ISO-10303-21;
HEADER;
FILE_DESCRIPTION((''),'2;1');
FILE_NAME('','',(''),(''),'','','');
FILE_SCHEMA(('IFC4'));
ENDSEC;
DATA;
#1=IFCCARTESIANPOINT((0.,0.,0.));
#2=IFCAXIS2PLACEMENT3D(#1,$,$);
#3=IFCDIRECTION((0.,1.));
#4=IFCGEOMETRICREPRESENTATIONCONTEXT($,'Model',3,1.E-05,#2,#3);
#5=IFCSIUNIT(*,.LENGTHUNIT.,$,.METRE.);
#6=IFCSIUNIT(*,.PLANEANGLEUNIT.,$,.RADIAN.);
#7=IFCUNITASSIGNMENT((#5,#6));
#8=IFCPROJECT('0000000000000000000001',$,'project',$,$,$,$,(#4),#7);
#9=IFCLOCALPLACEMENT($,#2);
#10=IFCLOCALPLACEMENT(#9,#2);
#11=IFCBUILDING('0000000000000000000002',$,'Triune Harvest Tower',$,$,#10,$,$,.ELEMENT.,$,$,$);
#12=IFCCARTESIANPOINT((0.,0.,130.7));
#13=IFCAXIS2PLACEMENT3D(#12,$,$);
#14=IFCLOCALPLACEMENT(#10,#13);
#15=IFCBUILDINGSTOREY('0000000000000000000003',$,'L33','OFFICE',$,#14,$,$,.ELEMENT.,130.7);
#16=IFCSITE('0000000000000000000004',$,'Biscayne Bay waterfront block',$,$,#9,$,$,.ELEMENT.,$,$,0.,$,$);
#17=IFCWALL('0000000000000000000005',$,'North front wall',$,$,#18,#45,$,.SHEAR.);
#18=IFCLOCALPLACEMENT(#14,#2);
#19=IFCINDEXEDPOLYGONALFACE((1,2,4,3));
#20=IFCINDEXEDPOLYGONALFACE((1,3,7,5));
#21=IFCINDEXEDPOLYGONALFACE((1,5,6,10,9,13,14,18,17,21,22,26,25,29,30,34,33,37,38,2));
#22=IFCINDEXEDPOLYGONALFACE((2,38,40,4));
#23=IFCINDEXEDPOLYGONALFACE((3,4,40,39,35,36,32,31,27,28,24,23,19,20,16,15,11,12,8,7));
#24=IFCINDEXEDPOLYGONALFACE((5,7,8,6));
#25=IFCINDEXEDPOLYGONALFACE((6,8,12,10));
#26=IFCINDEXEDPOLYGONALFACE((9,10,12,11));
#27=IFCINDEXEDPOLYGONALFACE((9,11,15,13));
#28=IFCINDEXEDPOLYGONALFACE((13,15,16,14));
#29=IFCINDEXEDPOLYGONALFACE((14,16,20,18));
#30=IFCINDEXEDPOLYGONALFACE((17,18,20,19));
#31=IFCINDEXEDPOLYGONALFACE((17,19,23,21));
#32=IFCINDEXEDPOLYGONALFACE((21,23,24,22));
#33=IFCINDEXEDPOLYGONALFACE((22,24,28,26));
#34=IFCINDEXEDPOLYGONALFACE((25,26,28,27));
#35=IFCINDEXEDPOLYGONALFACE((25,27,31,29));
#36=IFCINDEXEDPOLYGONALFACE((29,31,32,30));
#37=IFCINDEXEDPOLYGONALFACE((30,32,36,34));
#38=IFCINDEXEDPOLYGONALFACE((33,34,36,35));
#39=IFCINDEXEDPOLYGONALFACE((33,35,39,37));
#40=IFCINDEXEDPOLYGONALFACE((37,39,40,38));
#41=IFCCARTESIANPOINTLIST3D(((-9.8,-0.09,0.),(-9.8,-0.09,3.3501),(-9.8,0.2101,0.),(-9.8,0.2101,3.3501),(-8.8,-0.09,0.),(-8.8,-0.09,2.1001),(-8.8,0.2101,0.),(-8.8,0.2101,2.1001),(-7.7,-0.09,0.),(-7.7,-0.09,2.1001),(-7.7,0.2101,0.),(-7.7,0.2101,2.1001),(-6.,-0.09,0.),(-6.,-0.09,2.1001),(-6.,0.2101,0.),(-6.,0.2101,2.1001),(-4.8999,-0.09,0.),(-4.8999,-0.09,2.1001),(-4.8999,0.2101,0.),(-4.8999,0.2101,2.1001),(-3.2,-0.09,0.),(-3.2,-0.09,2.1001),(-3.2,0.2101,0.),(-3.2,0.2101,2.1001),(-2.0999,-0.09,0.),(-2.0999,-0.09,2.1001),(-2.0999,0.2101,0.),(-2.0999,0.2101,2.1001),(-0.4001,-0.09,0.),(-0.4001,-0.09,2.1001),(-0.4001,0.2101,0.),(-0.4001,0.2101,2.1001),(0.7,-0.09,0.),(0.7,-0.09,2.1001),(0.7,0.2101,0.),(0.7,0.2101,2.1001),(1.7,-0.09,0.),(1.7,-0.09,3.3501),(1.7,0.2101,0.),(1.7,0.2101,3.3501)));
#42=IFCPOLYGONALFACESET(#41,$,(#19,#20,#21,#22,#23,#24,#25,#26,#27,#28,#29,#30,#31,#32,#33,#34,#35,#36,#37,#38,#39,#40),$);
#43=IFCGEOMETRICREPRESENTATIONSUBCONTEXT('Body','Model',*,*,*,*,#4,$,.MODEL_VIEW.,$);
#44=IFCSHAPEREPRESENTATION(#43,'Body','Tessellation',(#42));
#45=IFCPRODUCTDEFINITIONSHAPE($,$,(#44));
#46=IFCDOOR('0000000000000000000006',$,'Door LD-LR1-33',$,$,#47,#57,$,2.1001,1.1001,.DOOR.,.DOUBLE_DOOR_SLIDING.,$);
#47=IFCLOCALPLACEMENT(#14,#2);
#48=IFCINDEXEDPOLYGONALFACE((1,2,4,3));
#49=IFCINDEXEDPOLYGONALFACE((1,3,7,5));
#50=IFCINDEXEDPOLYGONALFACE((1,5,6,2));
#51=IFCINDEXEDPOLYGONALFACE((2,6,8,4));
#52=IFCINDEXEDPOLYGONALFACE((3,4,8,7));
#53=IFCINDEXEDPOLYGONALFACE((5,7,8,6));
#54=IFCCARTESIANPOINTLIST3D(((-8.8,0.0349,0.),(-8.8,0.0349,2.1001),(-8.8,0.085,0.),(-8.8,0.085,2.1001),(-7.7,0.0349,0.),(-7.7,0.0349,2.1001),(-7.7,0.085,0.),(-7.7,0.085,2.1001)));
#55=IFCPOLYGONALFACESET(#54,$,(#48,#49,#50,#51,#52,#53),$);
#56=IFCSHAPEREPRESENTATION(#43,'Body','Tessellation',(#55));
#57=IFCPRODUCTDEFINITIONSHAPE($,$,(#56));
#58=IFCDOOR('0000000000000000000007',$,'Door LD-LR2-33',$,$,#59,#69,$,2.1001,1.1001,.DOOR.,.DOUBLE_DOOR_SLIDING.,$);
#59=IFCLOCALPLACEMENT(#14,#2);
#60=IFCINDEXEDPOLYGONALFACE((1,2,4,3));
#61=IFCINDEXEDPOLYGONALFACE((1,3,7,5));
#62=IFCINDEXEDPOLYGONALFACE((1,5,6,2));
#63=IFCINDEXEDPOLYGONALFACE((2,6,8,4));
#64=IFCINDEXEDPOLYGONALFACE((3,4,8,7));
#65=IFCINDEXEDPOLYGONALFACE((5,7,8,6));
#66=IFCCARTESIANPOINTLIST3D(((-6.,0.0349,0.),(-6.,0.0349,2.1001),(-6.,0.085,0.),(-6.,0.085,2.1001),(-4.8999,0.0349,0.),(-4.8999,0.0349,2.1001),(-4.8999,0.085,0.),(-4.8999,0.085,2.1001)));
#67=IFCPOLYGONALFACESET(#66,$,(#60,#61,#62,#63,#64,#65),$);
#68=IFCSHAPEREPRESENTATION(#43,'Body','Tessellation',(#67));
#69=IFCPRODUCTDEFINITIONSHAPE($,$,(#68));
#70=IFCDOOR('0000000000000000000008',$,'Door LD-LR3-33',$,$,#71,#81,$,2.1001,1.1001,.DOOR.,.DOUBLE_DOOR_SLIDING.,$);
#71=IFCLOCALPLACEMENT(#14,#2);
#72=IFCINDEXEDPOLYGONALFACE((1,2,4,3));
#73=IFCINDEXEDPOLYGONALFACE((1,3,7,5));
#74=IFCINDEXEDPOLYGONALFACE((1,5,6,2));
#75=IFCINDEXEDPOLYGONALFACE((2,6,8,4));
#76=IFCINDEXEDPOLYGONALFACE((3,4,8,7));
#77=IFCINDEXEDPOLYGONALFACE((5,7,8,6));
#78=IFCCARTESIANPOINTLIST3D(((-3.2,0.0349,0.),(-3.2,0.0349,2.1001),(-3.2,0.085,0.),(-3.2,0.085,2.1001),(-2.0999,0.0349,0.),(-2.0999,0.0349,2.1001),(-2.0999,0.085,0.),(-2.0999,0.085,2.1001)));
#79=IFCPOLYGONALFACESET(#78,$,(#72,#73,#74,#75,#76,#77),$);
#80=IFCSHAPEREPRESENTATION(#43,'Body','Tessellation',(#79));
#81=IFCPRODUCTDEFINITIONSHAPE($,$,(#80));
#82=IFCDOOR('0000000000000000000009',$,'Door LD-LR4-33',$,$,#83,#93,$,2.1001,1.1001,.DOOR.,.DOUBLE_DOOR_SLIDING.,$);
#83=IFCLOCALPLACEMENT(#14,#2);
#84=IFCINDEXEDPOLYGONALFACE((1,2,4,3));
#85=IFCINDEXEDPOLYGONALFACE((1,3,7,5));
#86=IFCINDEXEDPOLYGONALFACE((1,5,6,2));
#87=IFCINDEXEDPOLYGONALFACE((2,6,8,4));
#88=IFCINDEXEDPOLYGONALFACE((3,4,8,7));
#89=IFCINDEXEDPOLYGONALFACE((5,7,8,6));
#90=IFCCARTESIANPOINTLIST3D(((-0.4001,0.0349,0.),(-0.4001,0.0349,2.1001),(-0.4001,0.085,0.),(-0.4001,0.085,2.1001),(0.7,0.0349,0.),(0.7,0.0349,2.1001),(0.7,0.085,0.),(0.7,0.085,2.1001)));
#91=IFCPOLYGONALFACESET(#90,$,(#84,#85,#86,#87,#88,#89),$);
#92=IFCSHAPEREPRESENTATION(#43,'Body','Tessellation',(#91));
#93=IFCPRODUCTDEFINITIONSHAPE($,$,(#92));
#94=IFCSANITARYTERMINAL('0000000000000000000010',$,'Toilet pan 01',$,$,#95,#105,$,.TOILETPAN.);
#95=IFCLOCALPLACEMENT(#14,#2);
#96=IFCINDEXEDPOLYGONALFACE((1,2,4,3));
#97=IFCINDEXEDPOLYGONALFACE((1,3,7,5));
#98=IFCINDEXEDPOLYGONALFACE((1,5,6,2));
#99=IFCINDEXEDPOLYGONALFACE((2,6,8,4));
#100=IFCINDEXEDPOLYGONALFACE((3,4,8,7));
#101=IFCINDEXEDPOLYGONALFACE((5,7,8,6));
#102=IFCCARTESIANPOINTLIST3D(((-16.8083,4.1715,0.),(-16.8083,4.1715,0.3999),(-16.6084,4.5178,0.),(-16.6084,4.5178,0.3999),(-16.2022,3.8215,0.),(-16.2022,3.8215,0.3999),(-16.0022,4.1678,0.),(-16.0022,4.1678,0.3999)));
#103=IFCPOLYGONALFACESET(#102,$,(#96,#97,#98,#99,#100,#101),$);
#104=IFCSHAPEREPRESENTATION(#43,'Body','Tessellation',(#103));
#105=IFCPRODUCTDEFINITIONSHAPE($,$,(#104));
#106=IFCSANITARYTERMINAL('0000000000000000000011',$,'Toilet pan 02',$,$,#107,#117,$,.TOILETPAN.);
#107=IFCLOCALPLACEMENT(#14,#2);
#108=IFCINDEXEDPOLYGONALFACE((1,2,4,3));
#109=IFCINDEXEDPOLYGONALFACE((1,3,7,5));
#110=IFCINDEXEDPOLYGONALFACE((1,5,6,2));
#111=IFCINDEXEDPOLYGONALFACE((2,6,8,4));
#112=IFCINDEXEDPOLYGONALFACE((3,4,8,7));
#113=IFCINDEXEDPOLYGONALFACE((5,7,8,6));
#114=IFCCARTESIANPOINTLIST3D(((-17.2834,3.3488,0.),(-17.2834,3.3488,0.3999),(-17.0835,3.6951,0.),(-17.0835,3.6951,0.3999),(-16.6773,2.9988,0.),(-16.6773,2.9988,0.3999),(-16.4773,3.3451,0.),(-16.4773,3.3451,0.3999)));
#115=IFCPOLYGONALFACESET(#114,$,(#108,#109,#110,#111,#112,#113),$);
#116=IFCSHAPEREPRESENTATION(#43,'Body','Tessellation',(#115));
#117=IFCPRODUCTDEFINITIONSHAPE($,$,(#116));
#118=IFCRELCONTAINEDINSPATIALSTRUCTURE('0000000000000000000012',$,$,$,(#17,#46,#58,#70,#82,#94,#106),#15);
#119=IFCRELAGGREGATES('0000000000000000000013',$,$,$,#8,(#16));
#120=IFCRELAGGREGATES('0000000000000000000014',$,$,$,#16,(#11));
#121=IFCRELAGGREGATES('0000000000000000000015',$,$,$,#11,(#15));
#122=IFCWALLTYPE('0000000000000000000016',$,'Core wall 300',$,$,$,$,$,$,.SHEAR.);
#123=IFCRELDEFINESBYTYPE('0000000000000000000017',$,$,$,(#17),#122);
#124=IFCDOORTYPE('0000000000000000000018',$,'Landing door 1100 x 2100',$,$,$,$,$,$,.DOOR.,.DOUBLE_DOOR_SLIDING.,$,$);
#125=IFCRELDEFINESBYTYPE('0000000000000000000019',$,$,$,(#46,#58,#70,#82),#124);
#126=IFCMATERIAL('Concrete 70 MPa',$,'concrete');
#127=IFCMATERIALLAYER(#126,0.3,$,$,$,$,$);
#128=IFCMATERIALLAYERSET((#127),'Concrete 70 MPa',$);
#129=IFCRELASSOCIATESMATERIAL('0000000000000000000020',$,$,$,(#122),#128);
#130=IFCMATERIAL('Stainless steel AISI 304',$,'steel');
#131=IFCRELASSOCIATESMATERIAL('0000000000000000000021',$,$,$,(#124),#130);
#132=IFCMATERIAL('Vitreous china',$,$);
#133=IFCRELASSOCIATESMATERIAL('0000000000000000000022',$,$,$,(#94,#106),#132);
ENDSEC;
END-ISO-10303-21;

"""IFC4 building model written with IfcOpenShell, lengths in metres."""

from ifc_helpers import new_model, si_unit, direction, frame, frame_2d, origin, origin_2d, place, context, subcontext, project, spatial, rectangle, extrude, source, transform, mapped, material, layer, layer_set, type_object, element, fill, save


model = new_model("IFC4")

# Units and contexts
model_context = context("Model", 3, precision=1e-05, world=origin(), true_north=direction((0.0, 1.0)))
body_context = subcontext(model_context, "Body", "Model", "MODEL_VIEW")
ifc_project = project(units=[si_unit("LENGTHUNIT", "METRE"), si_unit("PLANEANGLEUNIT", "RADIAN")], contexts=[model_context])

# Site, building, storey
site_placement = place(None, origin())
site = spatial("IfcSite", under=ifc_project, at=site_placement, Name="Biscayne Bay waterfront block", CompositionType="ELEMENT", RefElevation=0.0)
building_placement = place(site_placement, origin())
building = spatial("IfcBuilding", under=site, at=building_placement, Name="Triune Harvest Tower", CompositionType="ELEMENT")
storey_placement = place(building_placement, frame((0.0, 0.0, 130.7)))
storey = spatial("IfcBuildingStorey", under=building, at=storey_placement, Name="L33", Description="OFFICE", CompositionType="ELEMENT", Elevation=130.7)

# Wall, openings, doors
ifc_material_1 = material(Name="Concrete 70 MPa", Category="concrete")
ifc_layer_1 = layer(ifc_material_1, 0.3)
ifc_layer_set_1 = layer_set([ifc_layer_1], Name="Concrete 70 MPa")
wall_type_1 = type_object("IfcWallType", Name="Core wall 300", PredefinedType="SHEAR", material=ifc_layer_set_1)
shared_shape_1 = source(origin(), body_context, "Body", "SweptSolid", [
    extrude(rectangle(XDim=11.5, YDim=0.3, at=frame_2d((5.75, 0.0))), origin(), (0.0, 0.0, 1.0), 3.3501),
])
wall_1_placement = place(storey_placement, frame((-9.8, 0.0601, 0.0), z_axis=(0.0, 0.0, 1.0), x_axis=(1.0, 0.0, 0.0)))
wall_1 = element("IfcWall", 1, at=wall_1_placement, inside=storey, type_object=wall_type_1, Name="North front wall", PredefinedType="SHEAR", context=body_context, shape_type="MappedRepresentation", body=[
    mapped(shared_shape_1, transform((0.0, 0.0, 0.0), scale=1.0)),
])
opening_1_placement = place(wall_1_placement, frame((1.0, 0.0, 0.0)))
opening_1 = element("IfcOpeningElement", 2, at=opening_1_placement, cuts=wall_1, PredefinedType="OPENING", context=body_context, shape_type="SweptSolid", body=[
    extrude(rectangle(XDim=1.1001, YDim=2.1001, at=frame_2d((0.55, 1.05))), frame((0.0, 0.1602, 0.0), z_axis=(0.0, -1.0, 0.0), x_axis=(1.0, 0.0, 0.0)), (0.0, 0.0, 1.0), 0.3201),
])
opening_2_placement = place(wall_1_placement, frame((3.8, 0.0, 0.0)))
opening_2 = element("IfcOpeningElement", 3, at=opening_2_placement, cuts=wall_1, PredefinedType="OPENING", context=body_context, shape_type="SweptSolid", body=[
    extrude(rectangle(XDim=1.1001, YDim=2.1001, at=frame_2d((0.55, 1.05))), frame((0.0, 0.1602, 0.0), z_axis=(0.0, -1.0, 0.0), x_axis=(1.0, 0.0, 0.0)), (0.0, 0.0, 1.0), 0.3201),
])
opening_3_placement = place(wall_1_placement, frame((6.6001, 0.0, 0.0)))
opening_3 = element("IfcOpeningElement", 4, at=opening_3_placement, cuts=wall_1, PredefinedType="OPENING", context=body_context, shape_type="SweptSolid", body=[
    extrude(rectangle(XDim=1.1001, YDim=2.1001, at=frame_2d((0.55, 1.05))), frame((0.0, 0.1602, 0.0), z_axis=(0.0, -1.0, 0.0), x_axis=(1.0, 0.0, 0.0)), (0.0, 0.0, 1.0), 0.3201),
])
opening_4_placement = place(wall_1_placement, frame((9.3999, 0.0, 0.0)))
opening_4 = element("IfcOpeningElement", 5, at=opening_4_placement, cuts=wall_1, PredefinedType="OPENING", context=body_context, shape_type="SweptSolid", body=[
    extrude(rectangle(XDim=1.1001, YDim=2.1001, at=frame_2d((0.55, 1.05))), frame((0.0, 0.1602, 0.0), z_axis=(0.0, -1.0, 0.0), x_axis=(1.0, 0.0, 0.0)), (0.0, 0.0, 1.0), 0.3201),
])
ifc_material_2 = material(Name="Stainless steel AISI 304", Category="steel")
door_type_1 = type_object("IfcDoorType", Name="Landing door 1100 x 2100", OperationType="DOUBLE_DOOR_SLIDING", PredefinedType="DOOR", material=ifc_material_2)
door_1_placement = place(opening_1_placement, origin())
door_1 = element("IfcDoor", 6, at=door_1_placement, inside=storey, type_object=door_type_1, Name="Door LD-LR1-33", OperationType="DOUBLE_DOOR_SLIDING", OverallHeight=2.1001, OverallWidth=1.1001, PredefinedType="DOOR", context=body_context, shape_type="SweptSolid", body=[
    extrude(rectangle(XDim=1.1001, YDim=2.1001, at=frame_2d((0.55, 1.05))), frame((0.0, 0.0249, 0.0), z_axis=(0.0, -1.0, 0.0), x_axis=(1.0, 0.0, 0.0)), (0.0, 0.0, 1.0), 0.05),
])
fill(opening_1, door_1)
door_2_placement = place(opening_2_placement, origin())
door_2 = element("IfcDoor", 7, at=door_2_placement, inside=storey, type_object=door_type_1, Name="Door LD-LR2-33", OperationType="DOUBLE_DOOR_SLIDING", OverallHeight=2.1001, OverallWidth=1.1001, PredefinedType="DOOR", context=body_context, shape_type="SweptSolid", body=[
    extrude(rectangle(XDim=1.1001, YDim=2.1001, at=frame_2d((0.55, 1.05))), frame((0.0, 0.0249, 0.0), z_axis=(0.0, -1.0, 0.0), x_axis=(1.0, 0.0, 0.0)), (0.0, 0.0, 1.0), 0.05),
])
fill(opening_2, door_2)
door_3_placement = place(opening_3_placement, origin())
door_3 = element("IfcDoor", 8, at=door_3_placement, inside=storey, type_object=door_type_1, Name="Door LD-LR3-33", OperationType="DOUBLE_DOOR_SLIDING", OverallHeight=2.1001, OverallWidth=1.1001, PredefinedType="DOOR", context=body_context, shape_type="SweptSolid", body=[
    extrude(rectangle(XDim=1.1001, YDim=2.1001, at=frame_2d((0.55, 1.05))), frame((0.0, 0.0249, 0.0), z_axis=(0.0, -1.0, 0.0), x_axis=(1.0, 0.0, 0.0)), (0.0, 0.0, 1.0), 0.05),
])
fill(opening_3, door_3)
door_4_placement = place(opening_4_placement, origin())
door_4 = element("IfcDoor", 9, at=door_4_placement, inside=storey, type_object=door_type_1, Name="Door LD-LR4-33", OperationType="DOUBLE_DOOR_SLIDING", OverallHeight=2.1001, OverallWidth=1.1001, PredefinedType="DOOR", context=body_context, shape_type="SweptSolid", body=[
    extrude(rectangle(XDim=1.1001, YDim=2.1001, at=frame_2d((0.55, 1.05))), frame((0.0, 0.0249, 0.0), z_axis=(0.0, -1.0, 0.0), x_axis=(1.0, 0.0, 0.0)), (0.0, 0.0, 1.0), 0.05),
])
fill(opening_4, door_4)

# Sanitary terminals
ifc_material_3 = material(Name="Vitreous china")
shared_shape_2 = source(origin(), body_context, "Body", "SweptSolid", [
    extrude(rectangle(XDim=0.3999, YDim=0.7, at=origin_2d()), origin(), (0.0, 0.0, 1.0), 0.3999),
])
for number, where, z_axis, x_axis, name in (
    (10, (-16.4053, 4.1697, 0.0), (0.0, 0.0, 1.0), (-0.50003, -0.866008, 0.0), "Toilet pan 01"),
    (11, (-16.8804, 3.3469, 0.0), (0.0, 0.0, 1.0), (-0.50003, -0.866008, 0.0), "Toilet pan 02"),
):
    element("IfcSanitaryTerminal", number, at=place(storey_placement, frame(where, z_axis=z_axis, x_axis=x_axis)), inside=storey, material=ifc_material_3, Name=name, PredefinedType="TOILETPAN", context=body_context, shape_type="MappedRepresentation", body=[
        mapped(shared_shape_2, transform((0.0, 0.0, 0.0), scale=1.0)),
    ])

save(model, "model.ifc")
